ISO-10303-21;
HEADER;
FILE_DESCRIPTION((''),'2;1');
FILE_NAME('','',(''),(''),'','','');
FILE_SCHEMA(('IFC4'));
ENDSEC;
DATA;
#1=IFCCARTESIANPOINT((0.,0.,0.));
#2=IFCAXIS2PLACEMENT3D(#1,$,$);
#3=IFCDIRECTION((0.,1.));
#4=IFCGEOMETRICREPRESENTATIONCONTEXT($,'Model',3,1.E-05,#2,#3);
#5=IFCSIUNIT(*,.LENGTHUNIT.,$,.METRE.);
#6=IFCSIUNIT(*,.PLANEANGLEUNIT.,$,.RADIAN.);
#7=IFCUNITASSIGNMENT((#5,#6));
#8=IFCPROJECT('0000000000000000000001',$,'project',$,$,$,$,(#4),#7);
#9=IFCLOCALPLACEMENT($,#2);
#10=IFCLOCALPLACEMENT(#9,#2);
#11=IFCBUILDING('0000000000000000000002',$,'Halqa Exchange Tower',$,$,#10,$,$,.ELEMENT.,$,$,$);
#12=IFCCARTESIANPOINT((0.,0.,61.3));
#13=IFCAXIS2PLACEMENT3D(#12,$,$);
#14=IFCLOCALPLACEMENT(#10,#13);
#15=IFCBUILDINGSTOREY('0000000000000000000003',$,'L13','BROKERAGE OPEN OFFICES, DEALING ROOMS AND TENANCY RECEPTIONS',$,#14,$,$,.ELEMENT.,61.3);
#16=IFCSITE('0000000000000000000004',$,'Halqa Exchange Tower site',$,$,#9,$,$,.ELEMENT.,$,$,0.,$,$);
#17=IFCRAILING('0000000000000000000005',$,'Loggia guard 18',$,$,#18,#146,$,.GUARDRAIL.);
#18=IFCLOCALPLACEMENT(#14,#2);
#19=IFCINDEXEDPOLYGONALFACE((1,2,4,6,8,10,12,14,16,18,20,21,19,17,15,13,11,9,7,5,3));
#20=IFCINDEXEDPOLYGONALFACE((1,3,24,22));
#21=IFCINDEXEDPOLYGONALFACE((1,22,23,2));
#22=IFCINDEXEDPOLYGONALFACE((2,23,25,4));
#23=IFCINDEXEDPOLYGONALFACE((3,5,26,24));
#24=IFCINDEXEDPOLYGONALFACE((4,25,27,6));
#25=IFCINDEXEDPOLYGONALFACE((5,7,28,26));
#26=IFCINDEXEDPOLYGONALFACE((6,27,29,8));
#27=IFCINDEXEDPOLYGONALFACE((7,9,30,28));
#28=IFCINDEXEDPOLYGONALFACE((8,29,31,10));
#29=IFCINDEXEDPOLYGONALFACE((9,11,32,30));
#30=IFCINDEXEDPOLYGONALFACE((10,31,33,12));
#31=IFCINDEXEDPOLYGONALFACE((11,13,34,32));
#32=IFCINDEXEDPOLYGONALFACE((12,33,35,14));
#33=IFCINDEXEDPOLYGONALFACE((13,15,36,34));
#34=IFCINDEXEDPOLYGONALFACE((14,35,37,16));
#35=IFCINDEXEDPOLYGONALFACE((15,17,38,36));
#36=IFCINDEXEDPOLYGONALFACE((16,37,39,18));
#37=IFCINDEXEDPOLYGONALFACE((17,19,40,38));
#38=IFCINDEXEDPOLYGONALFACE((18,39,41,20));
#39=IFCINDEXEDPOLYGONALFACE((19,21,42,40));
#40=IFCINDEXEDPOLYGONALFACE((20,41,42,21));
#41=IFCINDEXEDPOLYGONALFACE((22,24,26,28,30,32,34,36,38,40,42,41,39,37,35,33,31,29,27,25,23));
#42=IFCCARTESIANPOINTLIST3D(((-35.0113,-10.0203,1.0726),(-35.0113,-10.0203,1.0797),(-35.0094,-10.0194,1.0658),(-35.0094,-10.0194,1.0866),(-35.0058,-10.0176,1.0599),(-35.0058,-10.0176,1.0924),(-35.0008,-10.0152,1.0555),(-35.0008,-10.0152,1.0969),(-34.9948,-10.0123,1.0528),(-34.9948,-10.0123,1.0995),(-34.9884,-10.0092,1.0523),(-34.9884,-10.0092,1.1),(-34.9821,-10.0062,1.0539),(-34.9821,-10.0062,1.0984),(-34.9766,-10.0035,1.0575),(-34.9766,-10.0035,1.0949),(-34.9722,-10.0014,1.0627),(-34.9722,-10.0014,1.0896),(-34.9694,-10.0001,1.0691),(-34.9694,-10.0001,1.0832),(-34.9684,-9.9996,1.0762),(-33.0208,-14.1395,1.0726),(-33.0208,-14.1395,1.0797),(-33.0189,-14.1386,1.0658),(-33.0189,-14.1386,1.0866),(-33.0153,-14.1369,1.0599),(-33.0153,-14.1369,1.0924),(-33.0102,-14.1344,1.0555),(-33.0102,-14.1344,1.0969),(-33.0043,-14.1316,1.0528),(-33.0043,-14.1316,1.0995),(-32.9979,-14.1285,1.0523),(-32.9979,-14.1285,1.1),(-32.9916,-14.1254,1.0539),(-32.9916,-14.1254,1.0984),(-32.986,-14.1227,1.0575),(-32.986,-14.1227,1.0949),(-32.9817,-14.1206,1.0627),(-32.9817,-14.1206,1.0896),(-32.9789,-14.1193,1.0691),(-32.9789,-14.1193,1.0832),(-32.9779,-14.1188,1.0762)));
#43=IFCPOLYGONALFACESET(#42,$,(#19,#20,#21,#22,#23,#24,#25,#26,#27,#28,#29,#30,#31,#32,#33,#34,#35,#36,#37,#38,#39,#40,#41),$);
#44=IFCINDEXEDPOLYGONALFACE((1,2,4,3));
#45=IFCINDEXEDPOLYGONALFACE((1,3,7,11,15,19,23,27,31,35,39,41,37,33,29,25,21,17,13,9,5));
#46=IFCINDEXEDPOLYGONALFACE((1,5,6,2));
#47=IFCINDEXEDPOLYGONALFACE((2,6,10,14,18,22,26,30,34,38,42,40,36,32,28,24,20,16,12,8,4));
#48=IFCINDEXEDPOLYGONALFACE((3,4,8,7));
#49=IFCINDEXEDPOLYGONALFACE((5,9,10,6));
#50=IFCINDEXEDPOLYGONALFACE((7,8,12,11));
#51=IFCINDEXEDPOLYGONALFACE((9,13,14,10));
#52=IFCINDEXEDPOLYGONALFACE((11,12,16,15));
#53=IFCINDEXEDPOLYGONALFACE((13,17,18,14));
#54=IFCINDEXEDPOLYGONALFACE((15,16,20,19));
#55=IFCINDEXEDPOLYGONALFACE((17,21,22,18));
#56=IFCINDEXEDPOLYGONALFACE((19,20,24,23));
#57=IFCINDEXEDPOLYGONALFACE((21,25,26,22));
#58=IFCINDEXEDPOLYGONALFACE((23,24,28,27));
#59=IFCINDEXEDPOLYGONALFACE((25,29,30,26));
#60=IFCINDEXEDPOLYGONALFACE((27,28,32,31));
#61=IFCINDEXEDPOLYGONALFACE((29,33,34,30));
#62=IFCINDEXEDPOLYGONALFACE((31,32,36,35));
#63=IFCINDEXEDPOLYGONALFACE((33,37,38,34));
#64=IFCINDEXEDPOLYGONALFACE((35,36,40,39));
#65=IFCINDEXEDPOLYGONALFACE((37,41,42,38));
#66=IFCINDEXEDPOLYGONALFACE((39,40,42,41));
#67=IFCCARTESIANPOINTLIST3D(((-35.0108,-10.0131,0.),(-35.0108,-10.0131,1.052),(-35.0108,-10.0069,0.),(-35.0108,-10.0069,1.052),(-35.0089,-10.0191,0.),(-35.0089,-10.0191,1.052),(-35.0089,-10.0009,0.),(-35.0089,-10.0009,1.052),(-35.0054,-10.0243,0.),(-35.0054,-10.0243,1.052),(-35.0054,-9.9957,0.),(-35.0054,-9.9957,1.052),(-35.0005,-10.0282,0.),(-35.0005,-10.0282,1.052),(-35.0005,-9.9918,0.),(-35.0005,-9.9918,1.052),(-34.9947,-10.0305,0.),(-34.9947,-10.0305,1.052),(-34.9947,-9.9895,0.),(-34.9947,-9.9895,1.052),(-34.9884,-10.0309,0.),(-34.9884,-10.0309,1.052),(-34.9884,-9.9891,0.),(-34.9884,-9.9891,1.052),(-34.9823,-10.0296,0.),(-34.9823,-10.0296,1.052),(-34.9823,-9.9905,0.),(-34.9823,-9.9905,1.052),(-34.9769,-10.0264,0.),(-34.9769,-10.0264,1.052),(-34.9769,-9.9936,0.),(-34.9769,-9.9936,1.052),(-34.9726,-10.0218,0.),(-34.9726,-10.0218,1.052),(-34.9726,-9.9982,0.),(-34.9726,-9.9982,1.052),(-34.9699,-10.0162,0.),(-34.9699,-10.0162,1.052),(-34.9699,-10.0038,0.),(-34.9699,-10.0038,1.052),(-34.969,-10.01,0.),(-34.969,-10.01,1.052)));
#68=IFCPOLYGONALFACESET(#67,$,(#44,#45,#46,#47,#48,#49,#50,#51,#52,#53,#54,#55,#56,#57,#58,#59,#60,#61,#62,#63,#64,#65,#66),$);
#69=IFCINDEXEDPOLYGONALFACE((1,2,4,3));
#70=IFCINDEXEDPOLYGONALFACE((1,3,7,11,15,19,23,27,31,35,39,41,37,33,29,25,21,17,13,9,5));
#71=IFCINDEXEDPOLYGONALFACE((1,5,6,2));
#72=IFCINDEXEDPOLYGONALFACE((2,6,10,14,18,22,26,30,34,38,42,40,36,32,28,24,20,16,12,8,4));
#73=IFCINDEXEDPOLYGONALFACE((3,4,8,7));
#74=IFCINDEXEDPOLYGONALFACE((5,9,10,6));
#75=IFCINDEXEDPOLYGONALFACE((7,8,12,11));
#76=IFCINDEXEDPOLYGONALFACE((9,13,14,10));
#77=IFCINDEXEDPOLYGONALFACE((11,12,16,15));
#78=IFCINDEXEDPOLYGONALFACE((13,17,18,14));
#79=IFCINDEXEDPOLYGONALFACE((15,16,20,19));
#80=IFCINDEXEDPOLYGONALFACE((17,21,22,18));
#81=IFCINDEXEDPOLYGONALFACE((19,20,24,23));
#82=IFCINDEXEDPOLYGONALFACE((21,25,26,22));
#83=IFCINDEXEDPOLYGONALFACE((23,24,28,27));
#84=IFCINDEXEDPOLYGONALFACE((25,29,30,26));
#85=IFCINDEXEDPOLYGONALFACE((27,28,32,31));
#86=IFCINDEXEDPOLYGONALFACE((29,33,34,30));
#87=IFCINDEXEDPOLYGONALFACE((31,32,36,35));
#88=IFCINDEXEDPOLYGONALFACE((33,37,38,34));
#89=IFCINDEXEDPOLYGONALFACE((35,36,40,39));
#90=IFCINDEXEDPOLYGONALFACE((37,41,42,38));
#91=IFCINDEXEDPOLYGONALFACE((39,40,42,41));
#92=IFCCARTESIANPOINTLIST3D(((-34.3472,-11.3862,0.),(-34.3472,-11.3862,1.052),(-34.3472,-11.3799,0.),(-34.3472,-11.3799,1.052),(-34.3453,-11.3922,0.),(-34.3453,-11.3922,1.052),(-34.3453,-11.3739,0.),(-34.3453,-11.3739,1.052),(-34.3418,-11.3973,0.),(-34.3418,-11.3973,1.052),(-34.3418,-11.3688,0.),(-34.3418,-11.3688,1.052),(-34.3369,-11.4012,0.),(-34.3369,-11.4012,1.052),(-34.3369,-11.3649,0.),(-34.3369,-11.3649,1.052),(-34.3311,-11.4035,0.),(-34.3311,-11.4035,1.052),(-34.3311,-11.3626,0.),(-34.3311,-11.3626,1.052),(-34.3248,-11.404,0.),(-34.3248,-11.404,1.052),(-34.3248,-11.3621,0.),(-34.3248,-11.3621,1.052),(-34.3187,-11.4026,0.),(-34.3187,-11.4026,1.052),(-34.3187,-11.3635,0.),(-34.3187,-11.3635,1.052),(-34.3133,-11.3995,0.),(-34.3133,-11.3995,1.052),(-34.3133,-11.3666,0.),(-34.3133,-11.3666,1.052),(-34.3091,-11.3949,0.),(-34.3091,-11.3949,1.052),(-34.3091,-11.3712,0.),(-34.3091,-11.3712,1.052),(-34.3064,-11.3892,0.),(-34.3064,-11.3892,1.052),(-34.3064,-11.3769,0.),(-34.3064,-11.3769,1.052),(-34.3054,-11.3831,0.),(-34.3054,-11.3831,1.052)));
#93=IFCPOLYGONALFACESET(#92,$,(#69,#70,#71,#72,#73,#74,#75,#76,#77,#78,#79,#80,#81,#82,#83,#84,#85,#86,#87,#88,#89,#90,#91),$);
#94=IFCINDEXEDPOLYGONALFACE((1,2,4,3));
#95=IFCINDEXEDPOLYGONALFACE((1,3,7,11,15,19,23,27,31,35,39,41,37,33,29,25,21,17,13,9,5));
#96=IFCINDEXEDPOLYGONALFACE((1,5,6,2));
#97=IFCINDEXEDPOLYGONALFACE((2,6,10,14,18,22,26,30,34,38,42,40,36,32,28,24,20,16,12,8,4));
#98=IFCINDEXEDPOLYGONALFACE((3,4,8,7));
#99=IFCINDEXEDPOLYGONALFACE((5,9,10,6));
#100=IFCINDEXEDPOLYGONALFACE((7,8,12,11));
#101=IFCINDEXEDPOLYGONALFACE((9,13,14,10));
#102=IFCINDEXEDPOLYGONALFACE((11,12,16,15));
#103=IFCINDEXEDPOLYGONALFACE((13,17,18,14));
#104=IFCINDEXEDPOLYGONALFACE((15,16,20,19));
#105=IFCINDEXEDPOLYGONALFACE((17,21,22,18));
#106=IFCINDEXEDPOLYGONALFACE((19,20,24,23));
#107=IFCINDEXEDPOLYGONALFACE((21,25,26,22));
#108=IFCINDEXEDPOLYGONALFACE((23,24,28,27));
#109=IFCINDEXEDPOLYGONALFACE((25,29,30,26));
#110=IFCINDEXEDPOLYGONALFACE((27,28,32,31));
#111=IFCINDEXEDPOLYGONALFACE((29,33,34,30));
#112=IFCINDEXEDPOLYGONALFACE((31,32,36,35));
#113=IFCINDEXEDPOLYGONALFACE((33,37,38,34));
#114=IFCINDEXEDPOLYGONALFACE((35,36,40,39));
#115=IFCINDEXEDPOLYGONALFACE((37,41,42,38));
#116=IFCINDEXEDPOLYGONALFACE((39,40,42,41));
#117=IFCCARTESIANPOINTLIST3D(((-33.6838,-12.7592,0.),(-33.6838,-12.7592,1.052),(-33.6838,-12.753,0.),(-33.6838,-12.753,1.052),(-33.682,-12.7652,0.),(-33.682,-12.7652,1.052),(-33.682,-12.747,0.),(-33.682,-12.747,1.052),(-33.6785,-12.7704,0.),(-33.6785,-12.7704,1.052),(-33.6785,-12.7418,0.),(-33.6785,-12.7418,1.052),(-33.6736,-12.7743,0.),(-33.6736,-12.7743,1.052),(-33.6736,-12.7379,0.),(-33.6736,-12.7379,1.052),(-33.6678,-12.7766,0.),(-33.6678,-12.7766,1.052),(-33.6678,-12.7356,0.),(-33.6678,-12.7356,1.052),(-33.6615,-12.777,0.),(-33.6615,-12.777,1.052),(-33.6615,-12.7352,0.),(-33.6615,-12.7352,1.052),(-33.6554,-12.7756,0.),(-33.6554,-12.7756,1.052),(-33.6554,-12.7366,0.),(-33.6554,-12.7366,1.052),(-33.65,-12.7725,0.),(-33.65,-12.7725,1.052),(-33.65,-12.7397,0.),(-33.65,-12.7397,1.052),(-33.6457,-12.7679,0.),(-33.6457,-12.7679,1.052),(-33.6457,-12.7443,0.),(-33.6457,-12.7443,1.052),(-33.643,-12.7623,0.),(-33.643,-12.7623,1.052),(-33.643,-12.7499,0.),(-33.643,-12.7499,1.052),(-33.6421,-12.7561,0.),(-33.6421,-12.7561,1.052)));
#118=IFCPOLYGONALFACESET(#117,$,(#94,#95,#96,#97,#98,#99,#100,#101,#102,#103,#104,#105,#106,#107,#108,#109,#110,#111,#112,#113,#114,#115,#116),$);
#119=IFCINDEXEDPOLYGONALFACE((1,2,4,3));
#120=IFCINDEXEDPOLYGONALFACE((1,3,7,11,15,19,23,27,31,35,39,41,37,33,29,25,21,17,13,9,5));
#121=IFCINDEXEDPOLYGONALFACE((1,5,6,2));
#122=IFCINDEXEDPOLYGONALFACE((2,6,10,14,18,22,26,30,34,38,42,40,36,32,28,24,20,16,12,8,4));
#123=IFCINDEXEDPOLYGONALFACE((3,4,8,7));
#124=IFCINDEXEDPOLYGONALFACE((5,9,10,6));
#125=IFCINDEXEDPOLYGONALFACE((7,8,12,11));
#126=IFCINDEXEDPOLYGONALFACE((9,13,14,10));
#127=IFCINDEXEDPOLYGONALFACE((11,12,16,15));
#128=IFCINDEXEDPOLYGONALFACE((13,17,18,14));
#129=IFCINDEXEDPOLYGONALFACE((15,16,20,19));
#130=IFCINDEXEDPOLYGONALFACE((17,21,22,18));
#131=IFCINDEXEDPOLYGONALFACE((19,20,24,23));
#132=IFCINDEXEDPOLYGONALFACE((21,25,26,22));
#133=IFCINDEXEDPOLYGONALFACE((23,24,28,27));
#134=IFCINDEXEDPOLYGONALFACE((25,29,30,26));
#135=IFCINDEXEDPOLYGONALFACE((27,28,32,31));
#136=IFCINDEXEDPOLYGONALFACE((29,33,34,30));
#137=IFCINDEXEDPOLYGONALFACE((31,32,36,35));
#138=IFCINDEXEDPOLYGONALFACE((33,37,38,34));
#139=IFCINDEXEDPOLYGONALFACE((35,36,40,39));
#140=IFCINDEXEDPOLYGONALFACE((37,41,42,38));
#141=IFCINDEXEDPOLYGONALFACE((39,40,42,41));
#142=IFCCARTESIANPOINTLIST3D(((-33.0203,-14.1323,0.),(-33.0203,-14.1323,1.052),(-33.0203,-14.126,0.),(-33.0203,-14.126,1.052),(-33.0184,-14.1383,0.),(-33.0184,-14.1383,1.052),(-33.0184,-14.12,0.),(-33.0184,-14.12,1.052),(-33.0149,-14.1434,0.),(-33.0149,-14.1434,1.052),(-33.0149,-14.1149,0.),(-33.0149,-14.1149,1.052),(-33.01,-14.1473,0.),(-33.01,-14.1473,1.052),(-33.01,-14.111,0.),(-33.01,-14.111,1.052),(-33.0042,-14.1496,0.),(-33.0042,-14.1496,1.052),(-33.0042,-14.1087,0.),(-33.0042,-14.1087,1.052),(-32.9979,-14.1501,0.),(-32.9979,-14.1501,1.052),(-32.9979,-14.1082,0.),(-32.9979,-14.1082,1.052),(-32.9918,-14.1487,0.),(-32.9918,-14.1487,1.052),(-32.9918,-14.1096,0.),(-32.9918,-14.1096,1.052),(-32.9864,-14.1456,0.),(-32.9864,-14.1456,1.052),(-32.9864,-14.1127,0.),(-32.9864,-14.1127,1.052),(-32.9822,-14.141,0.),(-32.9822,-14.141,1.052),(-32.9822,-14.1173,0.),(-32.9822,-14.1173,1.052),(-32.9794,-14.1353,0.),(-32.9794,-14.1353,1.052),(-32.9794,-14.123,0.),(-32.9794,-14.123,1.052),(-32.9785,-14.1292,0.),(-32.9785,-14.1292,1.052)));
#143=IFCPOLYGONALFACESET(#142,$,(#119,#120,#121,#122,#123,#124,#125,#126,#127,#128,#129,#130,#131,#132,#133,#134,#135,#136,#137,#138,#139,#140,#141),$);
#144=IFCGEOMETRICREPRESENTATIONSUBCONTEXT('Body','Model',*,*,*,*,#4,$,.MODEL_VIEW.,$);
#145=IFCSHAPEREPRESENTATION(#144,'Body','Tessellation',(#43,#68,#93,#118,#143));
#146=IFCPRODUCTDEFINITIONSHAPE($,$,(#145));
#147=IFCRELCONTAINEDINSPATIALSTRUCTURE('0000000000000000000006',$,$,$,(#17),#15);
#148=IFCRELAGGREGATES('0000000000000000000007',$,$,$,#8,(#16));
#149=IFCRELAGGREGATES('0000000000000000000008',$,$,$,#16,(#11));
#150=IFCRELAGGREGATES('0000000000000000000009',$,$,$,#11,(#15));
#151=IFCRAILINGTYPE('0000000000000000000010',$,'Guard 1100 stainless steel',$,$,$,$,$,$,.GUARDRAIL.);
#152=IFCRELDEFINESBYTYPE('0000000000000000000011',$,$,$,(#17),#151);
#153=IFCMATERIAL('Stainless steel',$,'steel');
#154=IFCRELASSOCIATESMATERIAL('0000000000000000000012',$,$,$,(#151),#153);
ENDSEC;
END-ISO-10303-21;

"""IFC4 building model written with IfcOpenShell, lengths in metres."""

from ifc_helpers import new_model, si_unit, direction, frame, origin, origin_2d, place, context, subcontext, project, spatial, circle, extrude, material, type_object, element, save


model = new_model("IFC4")

# Units and contexts
model_context = context("Model", 3, precision=1e-05, world=origin(), true_north=direction((0.0, 1.0)))
body_context = subcontext(model_context, "Body", "Model", "MODEL_VIEW")
ifc_project = project(units=[si_unit("LENGTHUNIT", "METRE"), si_unit("PLANEANGLEUNIT", "RADIAN")], contexts=[model_context])

# Site, building, storey
site_placement = place(None, origin())
site = spatial("IfcSite", under=ifc_project, at=site_placement, Name="Halqa Exchange Tower site", CompositionType="ELEMENT", RefElevation=0.0)
building_placement = place(site_placement, origin())
building = spatial("IfcBuilding", under=site, at=building_placement, Name="Halqa Exchange Tower", CompositionType="ELEMENT")
storey_placement = place(building_placement, frame((0.0, 0.0, 61.3)))
storey = spatial("IfcBuildingStorey", under=building, at=storey_placement, Name="L13", Description="BROKERAGE OPEN OFFICES, DEALING ROOMS AND TENANCY RECEPTIONS", CompositionType="ELEMENT", Elevation=61.3)

# Railing
ifc_material_1 = material(Name="Stainless steel", Category="steel")
railing_type = type_object("IfcRailingType", Name="Guard 1100 stainless steel", PredefinedType="GUARDRAIL", material=ifc_material_1)
railing_1_placement = place(storey_placement, frame((-34.99, -10.01, 0.0)))
element("IfcRailing", 1, at=railing_1_placement, inside=storey, type_object=railing_type, Name="Loggia guard 18", PredefinedType="GUARDRAIL", context=body_context, shape_type="SweptSolid", body=[
    extrude(circle(Radius=0.0239, at=origin_2d()), frame((0.0, 0.0, 1.0762), z_axis=(0.435091, -0.900387, 0.0), x_axis=(0.900387, 0.435091, 0.0)), (0.0, 0.0, 1.0), 4.575),
    extrude(circle(Radius=0.021, at=origin_2d()), origin(), (0.0, 0.0, 1.0), 1.052),
    extrude(circle(Radius=0.021, at=origin_2d()), frame((0.6636, -1.373, 0.0)), (0.0, 0.0, 1.0), 1.052),
    extrude(circle(Radius=0.021, at=origin_2d()), frame((1.3269, -2.7461, 0.0)), (0.0, 0.0, 1.0), 1.052),
    extrude(circle(Radius=0.021, at=origin_2d()), frame((1.9905, -4.1191, 0.0)), (0.0, 0.0, 1.0), 1.052),
])

save(model, "model.ifc")
